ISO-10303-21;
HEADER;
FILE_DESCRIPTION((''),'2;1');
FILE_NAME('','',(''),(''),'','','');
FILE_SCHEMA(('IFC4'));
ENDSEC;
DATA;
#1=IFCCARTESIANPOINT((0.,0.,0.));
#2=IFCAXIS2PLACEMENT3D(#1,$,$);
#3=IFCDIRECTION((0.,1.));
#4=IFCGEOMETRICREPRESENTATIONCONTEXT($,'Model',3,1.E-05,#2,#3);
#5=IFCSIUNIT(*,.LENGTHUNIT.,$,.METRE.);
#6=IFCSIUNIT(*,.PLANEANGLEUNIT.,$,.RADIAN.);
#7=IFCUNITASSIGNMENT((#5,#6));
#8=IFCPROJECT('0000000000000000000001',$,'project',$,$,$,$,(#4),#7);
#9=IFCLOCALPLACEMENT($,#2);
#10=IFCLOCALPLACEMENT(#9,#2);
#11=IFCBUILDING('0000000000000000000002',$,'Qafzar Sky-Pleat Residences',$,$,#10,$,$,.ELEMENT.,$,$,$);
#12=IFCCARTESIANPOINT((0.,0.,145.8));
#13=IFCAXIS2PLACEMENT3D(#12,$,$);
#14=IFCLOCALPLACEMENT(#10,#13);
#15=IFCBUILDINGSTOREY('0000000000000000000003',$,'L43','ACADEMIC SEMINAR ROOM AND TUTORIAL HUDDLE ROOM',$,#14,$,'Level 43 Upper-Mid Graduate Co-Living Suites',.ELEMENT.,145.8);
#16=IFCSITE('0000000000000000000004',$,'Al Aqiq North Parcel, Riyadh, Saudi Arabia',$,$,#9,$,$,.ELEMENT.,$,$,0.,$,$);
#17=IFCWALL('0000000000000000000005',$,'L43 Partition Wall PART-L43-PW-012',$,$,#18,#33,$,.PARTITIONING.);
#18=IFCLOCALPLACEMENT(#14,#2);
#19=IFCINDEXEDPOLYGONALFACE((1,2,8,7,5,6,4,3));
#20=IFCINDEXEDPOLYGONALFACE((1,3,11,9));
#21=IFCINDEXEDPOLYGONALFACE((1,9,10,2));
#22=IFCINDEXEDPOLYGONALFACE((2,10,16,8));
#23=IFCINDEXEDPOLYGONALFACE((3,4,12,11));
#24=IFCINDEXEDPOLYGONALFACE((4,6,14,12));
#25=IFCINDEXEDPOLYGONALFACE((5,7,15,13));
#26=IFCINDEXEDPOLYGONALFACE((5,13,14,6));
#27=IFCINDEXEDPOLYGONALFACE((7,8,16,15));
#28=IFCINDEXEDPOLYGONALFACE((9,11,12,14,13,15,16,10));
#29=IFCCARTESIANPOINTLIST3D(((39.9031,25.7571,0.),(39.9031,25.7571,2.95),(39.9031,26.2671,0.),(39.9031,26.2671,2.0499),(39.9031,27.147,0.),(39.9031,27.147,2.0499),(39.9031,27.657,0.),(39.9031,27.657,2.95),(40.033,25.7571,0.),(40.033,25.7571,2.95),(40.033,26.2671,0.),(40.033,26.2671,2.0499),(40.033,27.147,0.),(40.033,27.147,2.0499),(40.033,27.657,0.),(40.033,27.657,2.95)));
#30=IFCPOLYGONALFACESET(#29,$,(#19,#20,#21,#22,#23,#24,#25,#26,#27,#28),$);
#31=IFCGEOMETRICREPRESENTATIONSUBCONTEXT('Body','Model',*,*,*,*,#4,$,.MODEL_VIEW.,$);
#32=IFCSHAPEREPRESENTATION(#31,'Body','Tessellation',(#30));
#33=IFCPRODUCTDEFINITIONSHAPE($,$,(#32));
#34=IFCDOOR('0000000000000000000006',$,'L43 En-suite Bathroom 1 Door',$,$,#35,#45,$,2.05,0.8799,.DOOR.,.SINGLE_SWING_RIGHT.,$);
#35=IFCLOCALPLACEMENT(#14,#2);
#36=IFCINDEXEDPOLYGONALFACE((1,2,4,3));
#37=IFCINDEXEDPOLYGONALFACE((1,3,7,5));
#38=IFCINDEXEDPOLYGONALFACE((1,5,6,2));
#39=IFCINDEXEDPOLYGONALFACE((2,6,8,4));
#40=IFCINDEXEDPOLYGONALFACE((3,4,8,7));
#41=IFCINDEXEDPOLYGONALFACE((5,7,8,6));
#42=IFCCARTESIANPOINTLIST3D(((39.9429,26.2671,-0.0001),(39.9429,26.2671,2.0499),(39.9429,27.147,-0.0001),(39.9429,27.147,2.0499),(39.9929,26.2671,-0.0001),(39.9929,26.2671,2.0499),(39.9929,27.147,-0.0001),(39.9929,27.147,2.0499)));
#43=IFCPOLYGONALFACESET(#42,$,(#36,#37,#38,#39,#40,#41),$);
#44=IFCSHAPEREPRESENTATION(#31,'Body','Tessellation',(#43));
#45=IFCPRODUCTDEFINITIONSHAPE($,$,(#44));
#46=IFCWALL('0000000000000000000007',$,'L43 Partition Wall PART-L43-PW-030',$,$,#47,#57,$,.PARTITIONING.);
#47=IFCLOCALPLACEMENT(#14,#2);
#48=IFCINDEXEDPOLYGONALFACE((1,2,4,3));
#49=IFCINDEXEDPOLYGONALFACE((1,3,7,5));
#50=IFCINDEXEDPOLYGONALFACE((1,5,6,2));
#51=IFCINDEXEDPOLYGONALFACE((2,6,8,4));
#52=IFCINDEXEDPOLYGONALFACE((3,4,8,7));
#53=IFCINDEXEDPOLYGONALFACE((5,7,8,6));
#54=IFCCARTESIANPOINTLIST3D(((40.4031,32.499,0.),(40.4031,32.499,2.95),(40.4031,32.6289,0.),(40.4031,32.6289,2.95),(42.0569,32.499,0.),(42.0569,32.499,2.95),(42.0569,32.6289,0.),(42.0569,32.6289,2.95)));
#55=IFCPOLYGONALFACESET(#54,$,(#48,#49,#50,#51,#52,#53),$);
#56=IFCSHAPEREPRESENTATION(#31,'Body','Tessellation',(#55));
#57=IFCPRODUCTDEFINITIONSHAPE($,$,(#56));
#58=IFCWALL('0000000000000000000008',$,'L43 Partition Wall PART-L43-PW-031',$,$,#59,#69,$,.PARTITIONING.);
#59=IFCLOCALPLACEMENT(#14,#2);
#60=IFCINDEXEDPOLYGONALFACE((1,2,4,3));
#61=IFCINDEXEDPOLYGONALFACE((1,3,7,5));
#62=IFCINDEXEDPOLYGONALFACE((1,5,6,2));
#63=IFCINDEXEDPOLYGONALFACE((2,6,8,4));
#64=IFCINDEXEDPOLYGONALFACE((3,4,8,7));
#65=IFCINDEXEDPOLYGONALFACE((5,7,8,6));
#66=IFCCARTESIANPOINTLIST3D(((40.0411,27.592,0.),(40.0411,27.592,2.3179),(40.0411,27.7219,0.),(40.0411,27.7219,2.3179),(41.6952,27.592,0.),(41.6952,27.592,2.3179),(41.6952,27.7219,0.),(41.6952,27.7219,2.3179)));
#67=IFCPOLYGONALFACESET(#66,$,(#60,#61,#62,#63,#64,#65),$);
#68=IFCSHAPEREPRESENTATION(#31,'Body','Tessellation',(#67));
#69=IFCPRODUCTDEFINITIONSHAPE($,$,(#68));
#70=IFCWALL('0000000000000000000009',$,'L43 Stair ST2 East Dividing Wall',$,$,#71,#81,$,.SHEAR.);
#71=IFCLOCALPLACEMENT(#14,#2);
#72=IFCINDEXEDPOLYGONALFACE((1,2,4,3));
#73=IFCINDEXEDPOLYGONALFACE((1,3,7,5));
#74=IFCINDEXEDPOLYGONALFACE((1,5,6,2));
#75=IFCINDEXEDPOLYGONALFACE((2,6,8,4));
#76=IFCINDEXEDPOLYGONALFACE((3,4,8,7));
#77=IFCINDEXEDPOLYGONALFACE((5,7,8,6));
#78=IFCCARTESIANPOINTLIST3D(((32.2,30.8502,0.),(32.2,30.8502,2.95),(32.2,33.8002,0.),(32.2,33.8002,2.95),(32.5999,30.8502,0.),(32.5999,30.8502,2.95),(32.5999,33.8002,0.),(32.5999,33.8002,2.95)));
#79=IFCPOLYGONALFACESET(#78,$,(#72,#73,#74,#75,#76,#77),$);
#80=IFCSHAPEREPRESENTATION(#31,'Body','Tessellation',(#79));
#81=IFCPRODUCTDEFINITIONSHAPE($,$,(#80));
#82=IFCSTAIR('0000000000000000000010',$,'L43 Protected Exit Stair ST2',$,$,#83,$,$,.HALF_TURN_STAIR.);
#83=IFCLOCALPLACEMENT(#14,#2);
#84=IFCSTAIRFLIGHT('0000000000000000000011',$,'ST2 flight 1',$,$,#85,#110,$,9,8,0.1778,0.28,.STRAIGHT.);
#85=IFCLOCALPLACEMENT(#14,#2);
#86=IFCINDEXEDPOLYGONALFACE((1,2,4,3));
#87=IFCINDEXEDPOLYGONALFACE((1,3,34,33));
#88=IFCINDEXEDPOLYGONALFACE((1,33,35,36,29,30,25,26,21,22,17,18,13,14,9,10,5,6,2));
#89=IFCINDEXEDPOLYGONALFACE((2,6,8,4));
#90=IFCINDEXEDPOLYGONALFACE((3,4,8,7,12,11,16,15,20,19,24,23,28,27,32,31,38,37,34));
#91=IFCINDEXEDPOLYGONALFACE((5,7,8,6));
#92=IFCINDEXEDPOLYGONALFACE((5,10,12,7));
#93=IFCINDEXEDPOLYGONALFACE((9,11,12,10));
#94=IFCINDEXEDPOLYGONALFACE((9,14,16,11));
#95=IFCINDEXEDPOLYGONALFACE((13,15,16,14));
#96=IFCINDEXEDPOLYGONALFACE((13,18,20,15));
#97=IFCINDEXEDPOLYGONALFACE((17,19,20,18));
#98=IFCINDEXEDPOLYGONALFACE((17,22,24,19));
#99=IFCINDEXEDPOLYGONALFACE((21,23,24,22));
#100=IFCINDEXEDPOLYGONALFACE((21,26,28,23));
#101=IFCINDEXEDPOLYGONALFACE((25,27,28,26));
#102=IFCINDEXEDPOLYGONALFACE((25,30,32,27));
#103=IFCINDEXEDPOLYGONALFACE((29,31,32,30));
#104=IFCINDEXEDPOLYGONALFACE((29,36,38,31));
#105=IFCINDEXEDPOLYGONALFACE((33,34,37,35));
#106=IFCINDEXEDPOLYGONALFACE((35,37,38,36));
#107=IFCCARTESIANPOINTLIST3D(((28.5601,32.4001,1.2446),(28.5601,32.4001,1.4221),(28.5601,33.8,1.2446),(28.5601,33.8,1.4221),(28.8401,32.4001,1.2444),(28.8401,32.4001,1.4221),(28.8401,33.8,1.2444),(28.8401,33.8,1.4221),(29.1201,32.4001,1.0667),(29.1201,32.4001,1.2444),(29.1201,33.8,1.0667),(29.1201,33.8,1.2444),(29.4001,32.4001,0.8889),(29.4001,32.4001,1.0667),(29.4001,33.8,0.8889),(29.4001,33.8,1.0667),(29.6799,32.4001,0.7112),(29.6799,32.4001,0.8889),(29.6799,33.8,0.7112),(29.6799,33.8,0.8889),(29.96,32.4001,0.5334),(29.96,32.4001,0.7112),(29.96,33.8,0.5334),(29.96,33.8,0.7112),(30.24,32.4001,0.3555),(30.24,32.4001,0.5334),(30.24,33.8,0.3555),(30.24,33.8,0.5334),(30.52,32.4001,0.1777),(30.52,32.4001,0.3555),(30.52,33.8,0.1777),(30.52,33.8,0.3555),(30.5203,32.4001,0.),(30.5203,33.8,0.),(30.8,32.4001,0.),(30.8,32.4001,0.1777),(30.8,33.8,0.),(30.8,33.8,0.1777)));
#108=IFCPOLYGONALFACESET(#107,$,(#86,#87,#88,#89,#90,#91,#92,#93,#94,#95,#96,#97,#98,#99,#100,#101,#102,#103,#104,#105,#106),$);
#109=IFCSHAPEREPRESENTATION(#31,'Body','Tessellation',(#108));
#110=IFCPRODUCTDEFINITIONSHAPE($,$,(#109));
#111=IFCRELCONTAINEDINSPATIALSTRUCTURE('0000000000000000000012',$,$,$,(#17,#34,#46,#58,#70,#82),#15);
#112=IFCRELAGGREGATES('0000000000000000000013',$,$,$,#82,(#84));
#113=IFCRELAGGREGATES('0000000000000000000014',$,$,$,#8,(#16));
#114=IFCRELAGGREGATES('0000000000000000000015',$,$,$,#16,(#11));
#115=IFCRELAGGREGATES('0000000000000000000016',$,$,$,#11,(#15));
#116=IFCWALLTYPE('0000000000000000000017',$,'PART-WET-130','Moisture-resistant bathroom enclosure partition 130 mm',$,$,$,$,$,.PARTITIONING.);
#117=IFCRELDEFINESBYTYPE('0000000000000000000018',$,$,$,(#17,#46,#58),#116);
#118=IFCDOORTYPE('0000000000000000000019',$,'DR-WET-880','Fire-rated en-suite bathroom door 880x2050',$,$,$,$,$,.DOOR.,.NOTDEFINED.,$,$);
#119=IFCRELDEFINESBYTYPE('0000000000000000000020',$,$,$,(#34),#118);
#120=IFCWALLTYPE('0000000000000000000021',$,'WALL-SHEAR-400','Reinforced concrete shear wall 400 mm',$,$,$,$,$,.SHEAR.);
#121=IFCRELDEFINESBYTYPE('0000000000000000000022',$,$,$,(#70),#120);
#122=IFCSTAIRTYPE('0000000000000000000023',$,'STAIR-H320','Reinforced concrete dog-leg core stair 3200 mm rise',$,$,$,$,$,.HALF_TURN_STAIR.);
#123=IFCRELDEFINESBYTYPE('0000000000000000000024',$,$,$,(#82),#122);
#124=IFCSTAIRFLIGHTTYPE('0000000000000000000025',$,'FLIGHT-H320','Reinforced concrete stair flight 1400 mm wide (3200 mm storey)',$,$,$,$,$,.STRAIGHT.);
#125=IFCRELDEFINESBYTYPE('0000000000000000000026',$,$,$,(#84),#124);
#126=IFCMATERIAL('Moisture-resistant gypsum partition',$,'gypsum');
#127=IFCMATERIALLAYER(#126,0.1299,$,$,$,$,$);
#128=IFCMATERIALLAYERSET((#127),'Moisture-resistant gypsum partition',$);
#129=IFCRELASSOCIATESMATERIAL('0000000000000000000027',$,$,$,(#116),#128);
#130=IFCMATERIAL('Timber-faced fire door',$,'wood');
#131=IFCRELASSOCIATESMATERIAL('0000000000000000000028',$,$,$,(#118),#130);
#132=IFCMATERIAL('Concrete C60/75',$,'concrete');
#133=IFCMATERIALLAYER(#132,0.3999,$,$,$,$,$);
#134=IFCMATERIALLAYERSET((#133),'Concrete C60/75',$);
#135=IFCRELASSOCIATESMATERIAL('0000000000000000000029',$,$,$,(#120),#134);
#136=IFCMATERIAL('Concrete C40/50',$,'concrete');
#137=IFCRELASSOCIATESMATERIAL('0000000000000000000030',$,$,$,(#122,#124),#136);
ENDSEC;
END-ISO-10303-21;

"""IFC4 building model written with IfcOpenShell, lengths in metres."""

from ifc_helpers import new_model, si_unit, direction, frame, frame_2d, origin, place, context, subcontext, project, spatial, polyline, rectangle, outline, extrude, source, transform, mapped, material, layer, layer_set, type_object, element, fill, aggregate, save


model = new_model("IFC4")

# Units and contexts
model_context = context("Model", 3, precision=1e-05, world=origin(), true_north=direction((0.0, 1.0)))
body_context = subcontext(model_context, "Body", "Model", "MODEL_VIEW")
ifc_project = project(units=[si_unit("LENGTHUNIT", "METRE"), si_unit("PLANEANGLEUNIT", "RADIAN")], contexts=[model_context])

# Site, building, storey
site_placement = place(None, origin())
site = spatial("IfcSite", under=ifc_project, at=site_placement, Name="Al Aqiq North Parcel, Riyadh, Saudi Arabia", CompositionType="ELEMENT", RefElevation=0.0)
building_placement = place(site_placement, origin())
building = spatial("IfcBuilding", under=site, at=building_placement, Name="Qafzar Sky-Pleat Residences", CompositionType="ELEMENT")
storey_placement = place(building_placement, frame((0.0, 0.0, 145.8)))
storey = spatial("IfcBuildingStorey", under=building, at=storey_placement, Name="L43", Description="ACADEMIC SEMINAR ROOM AND TUTORIAL HUDDLE ROOM", LongName="Level 43 Upper-Mid Graduate Co-Living Suites", CompositionType="ELEMENT", Elevation=145.8)

# Shared definitions
ifc_material_1 = material(Name="Timber-faced fire door", Category="wood")

# Wall, opening, door
ifc_material_2 = material(Name="Moisture-resistant gypsum partition", Category="gypsum")
ifc_layer_1 = layer(ifc_material_2, 0.1299)
ifc_layer_set_1 = layer_set([ifc_layer_1], Name="Moisture-resistant gypsum partition")
wall_type_1 = type_object("IfcWallType", Name="PART-WET-130", Description="Moisture-resistant bathroom enclosure partition 130 mm", PredefinedType="PARTITIONING", material=ifc_layer_set_1)
wall_1_placement = place(storey_placement, frame((39.968, 27.657, 0.0), z_axis=(0.0, 0.0, 1.0), x_axis=(0.0, -1.0, 0.0)))
wall_1 = element("IfcWall", 1, at=wall_1_placement, inside=storey, type_object=wall_type_1, Name="L43 Partition Wall PART-L43-PW-012", PredefinedType="PARTITIONING", context=body_context, shape_type="SweptSolid", body=[
    extrude(rectangle(XDim=1.8999, YDim=0.1299, at=frame_2d((0.95, 0.0))), origin(), (0.0, 0.0, 1.0), 2.95),
])
opening_1_placement = place(wall_1_placement, frame((0.51, 0.0, 0.0)))
opening_1 = element("IfcOpeningElement", 2, at=opening_1_placement, cuts=wall_1, PredefinedType="OPENING", context=body_context, shape_type="SweptSolid", body=[
    extrude(rectangle(XDim=0.8799, YDim=2.05, at=frame_2d((0.4399, 1.0249))), frame((0.0, 0.075, 0.0), z_axis=(0.0, -1.0, 0.0), x_axis=(1.0, 0.0, 0.0)), (0.0, 0.0, 1.0), 0.1499),
])
door_type_1 = type_object("IfcDoorType", Name="DR-WET-880", Description="Fire-rated en-suite bathroom door 880x2050", OperationType="NOTDEFINED", PredefinedType="DOOR", material=ifc_material_1)
shared_shape_1 = source(origin(), body_context, "Body", "SweptSolid", [
    extrude(rectangle(XDim=0.8799, YDim=2.05, at=frame_2d((0.4399, 1.0249))), frame((0.0, 0.0249, 0.0), z_axis=(0.0, -1.0, 0.0), x_axis=(1.0, 0.0, 0.0)), (0.0, 0.0, 1.0), 0.05),
])
door_1_placement = place(opening_1_placement, origin())
door_1 = element("IfcDoor", 3, at=door_1_placement, inside=storey, type_object=door_type_1, Name="L43 En-suite Bathroom 1 Door", OperationType="SINGLE_SWING_RIGHT", OverallHeight=2.05, OverallWidth=0.8799, PredefinedType="DOOR", context=body_context, shape_type="MappedRepresentation", body=[
    mapped(shared_shape_1, transform((0.0, 0.0, 0.0), x_axis=(1.0, 0.0, 0.0), y_axis=(0.0, 1.0, 0.0), z_axis=(0.0, 0.0, 1.0), scale=1.0)),
])
fill(opening_1, door_1)

# Walls
wall_2_placement = place(storey_placement, frame((40.4031, 32.564, 0.0), z_axis=(0.0, 0.0, 1.0), x_axis=(1.0, 0.0, 0.0)))
element("IfcWall", 4, at=wall_2_placement, inside=storey, type_object=wall_type_1, Name="L43 Partition Wall PART-L43-PW-030", PredefinedType="PARTITIONING", context=body_context, shape_type="SweptSolid", body=[
    extrude(rectangle(XDim=1.6538, YDim=0.1299, at=frame_2d((0.8269, 0.0))), origin(), (0.0, 0.0, 1.0), 2.95),
])
wall_3_placement = place(storey_placement, frame((40.041, 27.657, 0.0), z_axis=(0.0, 0.0, 1.0), x_axis=(1.0, 0.0, 0.0)))
element("IfcWall", 5, at=wall_3_placement, inside=storey, type_object=wall_type_1, Name="L43 Partition Wall PART-L43-PW-031", PredefinedType="PARTITIONING", context=body_context, shape_type="SweptSolid", body=[
    extrude(rectangle(XDim=1.6541, YDim=0.1299, at=frame_2d((0.8271, 0.0))), origin(), (0.0, 0.0, 1.0), 2.3179),
])
ifc_material_3 = material(Name="Concrete C60/75", Category="concrete")
ifc_layer_2 = layer(ifc_material_3, 0.3999)
ifc_layer_set_2 = layer_set([ifc_layer_2], Name="Concrete C60/75")
wall_type_2 = type_object("IfcWallType", Name="WALL-SHEAR-400", Description="Reinforced concrete shear wall 400 mm", PredefinedType="SHEAR", material=ifc_layer_set_2)
wall_4_placement = place(storey_placement, frame((32.3999, 30.8501, 0.0), z_axis=(0.0, 0.0, 1.0), x_axis=(0.0, 1.0, 0.0)))
element("IfcWall", 6, at=wall_4_placement, inside=storey, type_object=wall_type_2, Name="L43 Stair ST2 East Dividing Wall", PredefinedType="SHEAR", context=body_context, shape_type="SweptSolid", body=[
    extrude(rectangle(XDim=2.95, YDim=0.3999, at=frame_2d((1.4751, 0.0))), origin(), (0.0, 0.0, 1.0), 2.95),
])

# Stair, stair flight
ifc_material_4 = material(Name="Concrete C40/50", Category="concrete")
stair_type = type_object("IfcStairType", Name="STAIR-H320", Description="Reinforced concrete dog-leg core stair 3200 mm rise", PredefinedType="HALF_TURN_STAIR", material=ifc_material_4)
stair_placement = place(storey_placement, origin())
stair = element("IfcStair", 7, at=stair_placement, inside=storey, type_object=stair_type, Name="L43 Protected Exit Stair ST2", PredefinedType="HALF_TURN_STAIR")
stair_flight_type = type_object("IfcStairFlightType", Name="FLIGHT-H320", Description="Reinforced concrete stair flight 1400 mm wide (3200 mm storey)", PredefinedType="STRAIGHT", material=ifc_material_4)
shared_shape_2 = source(origin(), body_context, "Body", "SweptSolid", [
    extrude(outline(polyline([(0.0, 0.0), (0.0, 0.1777), (0.28, 0.1777), (0.28, 0.3555), (0.5601, 0.3555), (0.5601, 0.5334), (0.8401, 0.5334), (0.8401, 0.7112), (1.1201, 0.7112), (1.1201, 0.8889), (1.3999, 0.8889), (1.3999, 1.0667), (1.6799, 1.0667), (1.6799, 1.2444), (1.96, 1.2444), (1.96, 1.4221), (2.24, 1.4221), (2.24, 1.6001), (2.24, 1.2446), (0.2798, 0.0), (0.0, 0.0)])), frame((0.0, 0.7, 0.0), z_axis=(0.0, -1.0, 0.0), x_axis=(1.0, 0.0, 0.0)), (0.0, 0.0, 1.0), 1.3999),
])
stair_flight_placement = place(storey_placement, frame((30.8, 33.1001, 0.0), z_axis=(0.0, 0.0, 1.0), x_axis=(-1.0, 0.0, 0.0)))
stair_flight = element("IfcStairFlight", 8, at=stair_flight_placement, type_object=stair_flight_type, Name="ST2 flight 1", NumberOfRisers=9, NumberOfTreads=8, PredefinedType="STRAIGHT", RiserHeight=0.1778, TreadLength=0.28, context=body_context, shape_type="MappedRepresentation", body=[
    mapped(shared_shape_2, transform((0.0, 0.0, 0.0), x_axis=(1.0, 0.0, 0.0), y_axis=(0.0, 1.0, 0.0), z_axis=(0.0, 0.0, 1.0), scale=1.0)),
])
aggregate(stair, [stair_flight])

save(model, "model.ifc")
